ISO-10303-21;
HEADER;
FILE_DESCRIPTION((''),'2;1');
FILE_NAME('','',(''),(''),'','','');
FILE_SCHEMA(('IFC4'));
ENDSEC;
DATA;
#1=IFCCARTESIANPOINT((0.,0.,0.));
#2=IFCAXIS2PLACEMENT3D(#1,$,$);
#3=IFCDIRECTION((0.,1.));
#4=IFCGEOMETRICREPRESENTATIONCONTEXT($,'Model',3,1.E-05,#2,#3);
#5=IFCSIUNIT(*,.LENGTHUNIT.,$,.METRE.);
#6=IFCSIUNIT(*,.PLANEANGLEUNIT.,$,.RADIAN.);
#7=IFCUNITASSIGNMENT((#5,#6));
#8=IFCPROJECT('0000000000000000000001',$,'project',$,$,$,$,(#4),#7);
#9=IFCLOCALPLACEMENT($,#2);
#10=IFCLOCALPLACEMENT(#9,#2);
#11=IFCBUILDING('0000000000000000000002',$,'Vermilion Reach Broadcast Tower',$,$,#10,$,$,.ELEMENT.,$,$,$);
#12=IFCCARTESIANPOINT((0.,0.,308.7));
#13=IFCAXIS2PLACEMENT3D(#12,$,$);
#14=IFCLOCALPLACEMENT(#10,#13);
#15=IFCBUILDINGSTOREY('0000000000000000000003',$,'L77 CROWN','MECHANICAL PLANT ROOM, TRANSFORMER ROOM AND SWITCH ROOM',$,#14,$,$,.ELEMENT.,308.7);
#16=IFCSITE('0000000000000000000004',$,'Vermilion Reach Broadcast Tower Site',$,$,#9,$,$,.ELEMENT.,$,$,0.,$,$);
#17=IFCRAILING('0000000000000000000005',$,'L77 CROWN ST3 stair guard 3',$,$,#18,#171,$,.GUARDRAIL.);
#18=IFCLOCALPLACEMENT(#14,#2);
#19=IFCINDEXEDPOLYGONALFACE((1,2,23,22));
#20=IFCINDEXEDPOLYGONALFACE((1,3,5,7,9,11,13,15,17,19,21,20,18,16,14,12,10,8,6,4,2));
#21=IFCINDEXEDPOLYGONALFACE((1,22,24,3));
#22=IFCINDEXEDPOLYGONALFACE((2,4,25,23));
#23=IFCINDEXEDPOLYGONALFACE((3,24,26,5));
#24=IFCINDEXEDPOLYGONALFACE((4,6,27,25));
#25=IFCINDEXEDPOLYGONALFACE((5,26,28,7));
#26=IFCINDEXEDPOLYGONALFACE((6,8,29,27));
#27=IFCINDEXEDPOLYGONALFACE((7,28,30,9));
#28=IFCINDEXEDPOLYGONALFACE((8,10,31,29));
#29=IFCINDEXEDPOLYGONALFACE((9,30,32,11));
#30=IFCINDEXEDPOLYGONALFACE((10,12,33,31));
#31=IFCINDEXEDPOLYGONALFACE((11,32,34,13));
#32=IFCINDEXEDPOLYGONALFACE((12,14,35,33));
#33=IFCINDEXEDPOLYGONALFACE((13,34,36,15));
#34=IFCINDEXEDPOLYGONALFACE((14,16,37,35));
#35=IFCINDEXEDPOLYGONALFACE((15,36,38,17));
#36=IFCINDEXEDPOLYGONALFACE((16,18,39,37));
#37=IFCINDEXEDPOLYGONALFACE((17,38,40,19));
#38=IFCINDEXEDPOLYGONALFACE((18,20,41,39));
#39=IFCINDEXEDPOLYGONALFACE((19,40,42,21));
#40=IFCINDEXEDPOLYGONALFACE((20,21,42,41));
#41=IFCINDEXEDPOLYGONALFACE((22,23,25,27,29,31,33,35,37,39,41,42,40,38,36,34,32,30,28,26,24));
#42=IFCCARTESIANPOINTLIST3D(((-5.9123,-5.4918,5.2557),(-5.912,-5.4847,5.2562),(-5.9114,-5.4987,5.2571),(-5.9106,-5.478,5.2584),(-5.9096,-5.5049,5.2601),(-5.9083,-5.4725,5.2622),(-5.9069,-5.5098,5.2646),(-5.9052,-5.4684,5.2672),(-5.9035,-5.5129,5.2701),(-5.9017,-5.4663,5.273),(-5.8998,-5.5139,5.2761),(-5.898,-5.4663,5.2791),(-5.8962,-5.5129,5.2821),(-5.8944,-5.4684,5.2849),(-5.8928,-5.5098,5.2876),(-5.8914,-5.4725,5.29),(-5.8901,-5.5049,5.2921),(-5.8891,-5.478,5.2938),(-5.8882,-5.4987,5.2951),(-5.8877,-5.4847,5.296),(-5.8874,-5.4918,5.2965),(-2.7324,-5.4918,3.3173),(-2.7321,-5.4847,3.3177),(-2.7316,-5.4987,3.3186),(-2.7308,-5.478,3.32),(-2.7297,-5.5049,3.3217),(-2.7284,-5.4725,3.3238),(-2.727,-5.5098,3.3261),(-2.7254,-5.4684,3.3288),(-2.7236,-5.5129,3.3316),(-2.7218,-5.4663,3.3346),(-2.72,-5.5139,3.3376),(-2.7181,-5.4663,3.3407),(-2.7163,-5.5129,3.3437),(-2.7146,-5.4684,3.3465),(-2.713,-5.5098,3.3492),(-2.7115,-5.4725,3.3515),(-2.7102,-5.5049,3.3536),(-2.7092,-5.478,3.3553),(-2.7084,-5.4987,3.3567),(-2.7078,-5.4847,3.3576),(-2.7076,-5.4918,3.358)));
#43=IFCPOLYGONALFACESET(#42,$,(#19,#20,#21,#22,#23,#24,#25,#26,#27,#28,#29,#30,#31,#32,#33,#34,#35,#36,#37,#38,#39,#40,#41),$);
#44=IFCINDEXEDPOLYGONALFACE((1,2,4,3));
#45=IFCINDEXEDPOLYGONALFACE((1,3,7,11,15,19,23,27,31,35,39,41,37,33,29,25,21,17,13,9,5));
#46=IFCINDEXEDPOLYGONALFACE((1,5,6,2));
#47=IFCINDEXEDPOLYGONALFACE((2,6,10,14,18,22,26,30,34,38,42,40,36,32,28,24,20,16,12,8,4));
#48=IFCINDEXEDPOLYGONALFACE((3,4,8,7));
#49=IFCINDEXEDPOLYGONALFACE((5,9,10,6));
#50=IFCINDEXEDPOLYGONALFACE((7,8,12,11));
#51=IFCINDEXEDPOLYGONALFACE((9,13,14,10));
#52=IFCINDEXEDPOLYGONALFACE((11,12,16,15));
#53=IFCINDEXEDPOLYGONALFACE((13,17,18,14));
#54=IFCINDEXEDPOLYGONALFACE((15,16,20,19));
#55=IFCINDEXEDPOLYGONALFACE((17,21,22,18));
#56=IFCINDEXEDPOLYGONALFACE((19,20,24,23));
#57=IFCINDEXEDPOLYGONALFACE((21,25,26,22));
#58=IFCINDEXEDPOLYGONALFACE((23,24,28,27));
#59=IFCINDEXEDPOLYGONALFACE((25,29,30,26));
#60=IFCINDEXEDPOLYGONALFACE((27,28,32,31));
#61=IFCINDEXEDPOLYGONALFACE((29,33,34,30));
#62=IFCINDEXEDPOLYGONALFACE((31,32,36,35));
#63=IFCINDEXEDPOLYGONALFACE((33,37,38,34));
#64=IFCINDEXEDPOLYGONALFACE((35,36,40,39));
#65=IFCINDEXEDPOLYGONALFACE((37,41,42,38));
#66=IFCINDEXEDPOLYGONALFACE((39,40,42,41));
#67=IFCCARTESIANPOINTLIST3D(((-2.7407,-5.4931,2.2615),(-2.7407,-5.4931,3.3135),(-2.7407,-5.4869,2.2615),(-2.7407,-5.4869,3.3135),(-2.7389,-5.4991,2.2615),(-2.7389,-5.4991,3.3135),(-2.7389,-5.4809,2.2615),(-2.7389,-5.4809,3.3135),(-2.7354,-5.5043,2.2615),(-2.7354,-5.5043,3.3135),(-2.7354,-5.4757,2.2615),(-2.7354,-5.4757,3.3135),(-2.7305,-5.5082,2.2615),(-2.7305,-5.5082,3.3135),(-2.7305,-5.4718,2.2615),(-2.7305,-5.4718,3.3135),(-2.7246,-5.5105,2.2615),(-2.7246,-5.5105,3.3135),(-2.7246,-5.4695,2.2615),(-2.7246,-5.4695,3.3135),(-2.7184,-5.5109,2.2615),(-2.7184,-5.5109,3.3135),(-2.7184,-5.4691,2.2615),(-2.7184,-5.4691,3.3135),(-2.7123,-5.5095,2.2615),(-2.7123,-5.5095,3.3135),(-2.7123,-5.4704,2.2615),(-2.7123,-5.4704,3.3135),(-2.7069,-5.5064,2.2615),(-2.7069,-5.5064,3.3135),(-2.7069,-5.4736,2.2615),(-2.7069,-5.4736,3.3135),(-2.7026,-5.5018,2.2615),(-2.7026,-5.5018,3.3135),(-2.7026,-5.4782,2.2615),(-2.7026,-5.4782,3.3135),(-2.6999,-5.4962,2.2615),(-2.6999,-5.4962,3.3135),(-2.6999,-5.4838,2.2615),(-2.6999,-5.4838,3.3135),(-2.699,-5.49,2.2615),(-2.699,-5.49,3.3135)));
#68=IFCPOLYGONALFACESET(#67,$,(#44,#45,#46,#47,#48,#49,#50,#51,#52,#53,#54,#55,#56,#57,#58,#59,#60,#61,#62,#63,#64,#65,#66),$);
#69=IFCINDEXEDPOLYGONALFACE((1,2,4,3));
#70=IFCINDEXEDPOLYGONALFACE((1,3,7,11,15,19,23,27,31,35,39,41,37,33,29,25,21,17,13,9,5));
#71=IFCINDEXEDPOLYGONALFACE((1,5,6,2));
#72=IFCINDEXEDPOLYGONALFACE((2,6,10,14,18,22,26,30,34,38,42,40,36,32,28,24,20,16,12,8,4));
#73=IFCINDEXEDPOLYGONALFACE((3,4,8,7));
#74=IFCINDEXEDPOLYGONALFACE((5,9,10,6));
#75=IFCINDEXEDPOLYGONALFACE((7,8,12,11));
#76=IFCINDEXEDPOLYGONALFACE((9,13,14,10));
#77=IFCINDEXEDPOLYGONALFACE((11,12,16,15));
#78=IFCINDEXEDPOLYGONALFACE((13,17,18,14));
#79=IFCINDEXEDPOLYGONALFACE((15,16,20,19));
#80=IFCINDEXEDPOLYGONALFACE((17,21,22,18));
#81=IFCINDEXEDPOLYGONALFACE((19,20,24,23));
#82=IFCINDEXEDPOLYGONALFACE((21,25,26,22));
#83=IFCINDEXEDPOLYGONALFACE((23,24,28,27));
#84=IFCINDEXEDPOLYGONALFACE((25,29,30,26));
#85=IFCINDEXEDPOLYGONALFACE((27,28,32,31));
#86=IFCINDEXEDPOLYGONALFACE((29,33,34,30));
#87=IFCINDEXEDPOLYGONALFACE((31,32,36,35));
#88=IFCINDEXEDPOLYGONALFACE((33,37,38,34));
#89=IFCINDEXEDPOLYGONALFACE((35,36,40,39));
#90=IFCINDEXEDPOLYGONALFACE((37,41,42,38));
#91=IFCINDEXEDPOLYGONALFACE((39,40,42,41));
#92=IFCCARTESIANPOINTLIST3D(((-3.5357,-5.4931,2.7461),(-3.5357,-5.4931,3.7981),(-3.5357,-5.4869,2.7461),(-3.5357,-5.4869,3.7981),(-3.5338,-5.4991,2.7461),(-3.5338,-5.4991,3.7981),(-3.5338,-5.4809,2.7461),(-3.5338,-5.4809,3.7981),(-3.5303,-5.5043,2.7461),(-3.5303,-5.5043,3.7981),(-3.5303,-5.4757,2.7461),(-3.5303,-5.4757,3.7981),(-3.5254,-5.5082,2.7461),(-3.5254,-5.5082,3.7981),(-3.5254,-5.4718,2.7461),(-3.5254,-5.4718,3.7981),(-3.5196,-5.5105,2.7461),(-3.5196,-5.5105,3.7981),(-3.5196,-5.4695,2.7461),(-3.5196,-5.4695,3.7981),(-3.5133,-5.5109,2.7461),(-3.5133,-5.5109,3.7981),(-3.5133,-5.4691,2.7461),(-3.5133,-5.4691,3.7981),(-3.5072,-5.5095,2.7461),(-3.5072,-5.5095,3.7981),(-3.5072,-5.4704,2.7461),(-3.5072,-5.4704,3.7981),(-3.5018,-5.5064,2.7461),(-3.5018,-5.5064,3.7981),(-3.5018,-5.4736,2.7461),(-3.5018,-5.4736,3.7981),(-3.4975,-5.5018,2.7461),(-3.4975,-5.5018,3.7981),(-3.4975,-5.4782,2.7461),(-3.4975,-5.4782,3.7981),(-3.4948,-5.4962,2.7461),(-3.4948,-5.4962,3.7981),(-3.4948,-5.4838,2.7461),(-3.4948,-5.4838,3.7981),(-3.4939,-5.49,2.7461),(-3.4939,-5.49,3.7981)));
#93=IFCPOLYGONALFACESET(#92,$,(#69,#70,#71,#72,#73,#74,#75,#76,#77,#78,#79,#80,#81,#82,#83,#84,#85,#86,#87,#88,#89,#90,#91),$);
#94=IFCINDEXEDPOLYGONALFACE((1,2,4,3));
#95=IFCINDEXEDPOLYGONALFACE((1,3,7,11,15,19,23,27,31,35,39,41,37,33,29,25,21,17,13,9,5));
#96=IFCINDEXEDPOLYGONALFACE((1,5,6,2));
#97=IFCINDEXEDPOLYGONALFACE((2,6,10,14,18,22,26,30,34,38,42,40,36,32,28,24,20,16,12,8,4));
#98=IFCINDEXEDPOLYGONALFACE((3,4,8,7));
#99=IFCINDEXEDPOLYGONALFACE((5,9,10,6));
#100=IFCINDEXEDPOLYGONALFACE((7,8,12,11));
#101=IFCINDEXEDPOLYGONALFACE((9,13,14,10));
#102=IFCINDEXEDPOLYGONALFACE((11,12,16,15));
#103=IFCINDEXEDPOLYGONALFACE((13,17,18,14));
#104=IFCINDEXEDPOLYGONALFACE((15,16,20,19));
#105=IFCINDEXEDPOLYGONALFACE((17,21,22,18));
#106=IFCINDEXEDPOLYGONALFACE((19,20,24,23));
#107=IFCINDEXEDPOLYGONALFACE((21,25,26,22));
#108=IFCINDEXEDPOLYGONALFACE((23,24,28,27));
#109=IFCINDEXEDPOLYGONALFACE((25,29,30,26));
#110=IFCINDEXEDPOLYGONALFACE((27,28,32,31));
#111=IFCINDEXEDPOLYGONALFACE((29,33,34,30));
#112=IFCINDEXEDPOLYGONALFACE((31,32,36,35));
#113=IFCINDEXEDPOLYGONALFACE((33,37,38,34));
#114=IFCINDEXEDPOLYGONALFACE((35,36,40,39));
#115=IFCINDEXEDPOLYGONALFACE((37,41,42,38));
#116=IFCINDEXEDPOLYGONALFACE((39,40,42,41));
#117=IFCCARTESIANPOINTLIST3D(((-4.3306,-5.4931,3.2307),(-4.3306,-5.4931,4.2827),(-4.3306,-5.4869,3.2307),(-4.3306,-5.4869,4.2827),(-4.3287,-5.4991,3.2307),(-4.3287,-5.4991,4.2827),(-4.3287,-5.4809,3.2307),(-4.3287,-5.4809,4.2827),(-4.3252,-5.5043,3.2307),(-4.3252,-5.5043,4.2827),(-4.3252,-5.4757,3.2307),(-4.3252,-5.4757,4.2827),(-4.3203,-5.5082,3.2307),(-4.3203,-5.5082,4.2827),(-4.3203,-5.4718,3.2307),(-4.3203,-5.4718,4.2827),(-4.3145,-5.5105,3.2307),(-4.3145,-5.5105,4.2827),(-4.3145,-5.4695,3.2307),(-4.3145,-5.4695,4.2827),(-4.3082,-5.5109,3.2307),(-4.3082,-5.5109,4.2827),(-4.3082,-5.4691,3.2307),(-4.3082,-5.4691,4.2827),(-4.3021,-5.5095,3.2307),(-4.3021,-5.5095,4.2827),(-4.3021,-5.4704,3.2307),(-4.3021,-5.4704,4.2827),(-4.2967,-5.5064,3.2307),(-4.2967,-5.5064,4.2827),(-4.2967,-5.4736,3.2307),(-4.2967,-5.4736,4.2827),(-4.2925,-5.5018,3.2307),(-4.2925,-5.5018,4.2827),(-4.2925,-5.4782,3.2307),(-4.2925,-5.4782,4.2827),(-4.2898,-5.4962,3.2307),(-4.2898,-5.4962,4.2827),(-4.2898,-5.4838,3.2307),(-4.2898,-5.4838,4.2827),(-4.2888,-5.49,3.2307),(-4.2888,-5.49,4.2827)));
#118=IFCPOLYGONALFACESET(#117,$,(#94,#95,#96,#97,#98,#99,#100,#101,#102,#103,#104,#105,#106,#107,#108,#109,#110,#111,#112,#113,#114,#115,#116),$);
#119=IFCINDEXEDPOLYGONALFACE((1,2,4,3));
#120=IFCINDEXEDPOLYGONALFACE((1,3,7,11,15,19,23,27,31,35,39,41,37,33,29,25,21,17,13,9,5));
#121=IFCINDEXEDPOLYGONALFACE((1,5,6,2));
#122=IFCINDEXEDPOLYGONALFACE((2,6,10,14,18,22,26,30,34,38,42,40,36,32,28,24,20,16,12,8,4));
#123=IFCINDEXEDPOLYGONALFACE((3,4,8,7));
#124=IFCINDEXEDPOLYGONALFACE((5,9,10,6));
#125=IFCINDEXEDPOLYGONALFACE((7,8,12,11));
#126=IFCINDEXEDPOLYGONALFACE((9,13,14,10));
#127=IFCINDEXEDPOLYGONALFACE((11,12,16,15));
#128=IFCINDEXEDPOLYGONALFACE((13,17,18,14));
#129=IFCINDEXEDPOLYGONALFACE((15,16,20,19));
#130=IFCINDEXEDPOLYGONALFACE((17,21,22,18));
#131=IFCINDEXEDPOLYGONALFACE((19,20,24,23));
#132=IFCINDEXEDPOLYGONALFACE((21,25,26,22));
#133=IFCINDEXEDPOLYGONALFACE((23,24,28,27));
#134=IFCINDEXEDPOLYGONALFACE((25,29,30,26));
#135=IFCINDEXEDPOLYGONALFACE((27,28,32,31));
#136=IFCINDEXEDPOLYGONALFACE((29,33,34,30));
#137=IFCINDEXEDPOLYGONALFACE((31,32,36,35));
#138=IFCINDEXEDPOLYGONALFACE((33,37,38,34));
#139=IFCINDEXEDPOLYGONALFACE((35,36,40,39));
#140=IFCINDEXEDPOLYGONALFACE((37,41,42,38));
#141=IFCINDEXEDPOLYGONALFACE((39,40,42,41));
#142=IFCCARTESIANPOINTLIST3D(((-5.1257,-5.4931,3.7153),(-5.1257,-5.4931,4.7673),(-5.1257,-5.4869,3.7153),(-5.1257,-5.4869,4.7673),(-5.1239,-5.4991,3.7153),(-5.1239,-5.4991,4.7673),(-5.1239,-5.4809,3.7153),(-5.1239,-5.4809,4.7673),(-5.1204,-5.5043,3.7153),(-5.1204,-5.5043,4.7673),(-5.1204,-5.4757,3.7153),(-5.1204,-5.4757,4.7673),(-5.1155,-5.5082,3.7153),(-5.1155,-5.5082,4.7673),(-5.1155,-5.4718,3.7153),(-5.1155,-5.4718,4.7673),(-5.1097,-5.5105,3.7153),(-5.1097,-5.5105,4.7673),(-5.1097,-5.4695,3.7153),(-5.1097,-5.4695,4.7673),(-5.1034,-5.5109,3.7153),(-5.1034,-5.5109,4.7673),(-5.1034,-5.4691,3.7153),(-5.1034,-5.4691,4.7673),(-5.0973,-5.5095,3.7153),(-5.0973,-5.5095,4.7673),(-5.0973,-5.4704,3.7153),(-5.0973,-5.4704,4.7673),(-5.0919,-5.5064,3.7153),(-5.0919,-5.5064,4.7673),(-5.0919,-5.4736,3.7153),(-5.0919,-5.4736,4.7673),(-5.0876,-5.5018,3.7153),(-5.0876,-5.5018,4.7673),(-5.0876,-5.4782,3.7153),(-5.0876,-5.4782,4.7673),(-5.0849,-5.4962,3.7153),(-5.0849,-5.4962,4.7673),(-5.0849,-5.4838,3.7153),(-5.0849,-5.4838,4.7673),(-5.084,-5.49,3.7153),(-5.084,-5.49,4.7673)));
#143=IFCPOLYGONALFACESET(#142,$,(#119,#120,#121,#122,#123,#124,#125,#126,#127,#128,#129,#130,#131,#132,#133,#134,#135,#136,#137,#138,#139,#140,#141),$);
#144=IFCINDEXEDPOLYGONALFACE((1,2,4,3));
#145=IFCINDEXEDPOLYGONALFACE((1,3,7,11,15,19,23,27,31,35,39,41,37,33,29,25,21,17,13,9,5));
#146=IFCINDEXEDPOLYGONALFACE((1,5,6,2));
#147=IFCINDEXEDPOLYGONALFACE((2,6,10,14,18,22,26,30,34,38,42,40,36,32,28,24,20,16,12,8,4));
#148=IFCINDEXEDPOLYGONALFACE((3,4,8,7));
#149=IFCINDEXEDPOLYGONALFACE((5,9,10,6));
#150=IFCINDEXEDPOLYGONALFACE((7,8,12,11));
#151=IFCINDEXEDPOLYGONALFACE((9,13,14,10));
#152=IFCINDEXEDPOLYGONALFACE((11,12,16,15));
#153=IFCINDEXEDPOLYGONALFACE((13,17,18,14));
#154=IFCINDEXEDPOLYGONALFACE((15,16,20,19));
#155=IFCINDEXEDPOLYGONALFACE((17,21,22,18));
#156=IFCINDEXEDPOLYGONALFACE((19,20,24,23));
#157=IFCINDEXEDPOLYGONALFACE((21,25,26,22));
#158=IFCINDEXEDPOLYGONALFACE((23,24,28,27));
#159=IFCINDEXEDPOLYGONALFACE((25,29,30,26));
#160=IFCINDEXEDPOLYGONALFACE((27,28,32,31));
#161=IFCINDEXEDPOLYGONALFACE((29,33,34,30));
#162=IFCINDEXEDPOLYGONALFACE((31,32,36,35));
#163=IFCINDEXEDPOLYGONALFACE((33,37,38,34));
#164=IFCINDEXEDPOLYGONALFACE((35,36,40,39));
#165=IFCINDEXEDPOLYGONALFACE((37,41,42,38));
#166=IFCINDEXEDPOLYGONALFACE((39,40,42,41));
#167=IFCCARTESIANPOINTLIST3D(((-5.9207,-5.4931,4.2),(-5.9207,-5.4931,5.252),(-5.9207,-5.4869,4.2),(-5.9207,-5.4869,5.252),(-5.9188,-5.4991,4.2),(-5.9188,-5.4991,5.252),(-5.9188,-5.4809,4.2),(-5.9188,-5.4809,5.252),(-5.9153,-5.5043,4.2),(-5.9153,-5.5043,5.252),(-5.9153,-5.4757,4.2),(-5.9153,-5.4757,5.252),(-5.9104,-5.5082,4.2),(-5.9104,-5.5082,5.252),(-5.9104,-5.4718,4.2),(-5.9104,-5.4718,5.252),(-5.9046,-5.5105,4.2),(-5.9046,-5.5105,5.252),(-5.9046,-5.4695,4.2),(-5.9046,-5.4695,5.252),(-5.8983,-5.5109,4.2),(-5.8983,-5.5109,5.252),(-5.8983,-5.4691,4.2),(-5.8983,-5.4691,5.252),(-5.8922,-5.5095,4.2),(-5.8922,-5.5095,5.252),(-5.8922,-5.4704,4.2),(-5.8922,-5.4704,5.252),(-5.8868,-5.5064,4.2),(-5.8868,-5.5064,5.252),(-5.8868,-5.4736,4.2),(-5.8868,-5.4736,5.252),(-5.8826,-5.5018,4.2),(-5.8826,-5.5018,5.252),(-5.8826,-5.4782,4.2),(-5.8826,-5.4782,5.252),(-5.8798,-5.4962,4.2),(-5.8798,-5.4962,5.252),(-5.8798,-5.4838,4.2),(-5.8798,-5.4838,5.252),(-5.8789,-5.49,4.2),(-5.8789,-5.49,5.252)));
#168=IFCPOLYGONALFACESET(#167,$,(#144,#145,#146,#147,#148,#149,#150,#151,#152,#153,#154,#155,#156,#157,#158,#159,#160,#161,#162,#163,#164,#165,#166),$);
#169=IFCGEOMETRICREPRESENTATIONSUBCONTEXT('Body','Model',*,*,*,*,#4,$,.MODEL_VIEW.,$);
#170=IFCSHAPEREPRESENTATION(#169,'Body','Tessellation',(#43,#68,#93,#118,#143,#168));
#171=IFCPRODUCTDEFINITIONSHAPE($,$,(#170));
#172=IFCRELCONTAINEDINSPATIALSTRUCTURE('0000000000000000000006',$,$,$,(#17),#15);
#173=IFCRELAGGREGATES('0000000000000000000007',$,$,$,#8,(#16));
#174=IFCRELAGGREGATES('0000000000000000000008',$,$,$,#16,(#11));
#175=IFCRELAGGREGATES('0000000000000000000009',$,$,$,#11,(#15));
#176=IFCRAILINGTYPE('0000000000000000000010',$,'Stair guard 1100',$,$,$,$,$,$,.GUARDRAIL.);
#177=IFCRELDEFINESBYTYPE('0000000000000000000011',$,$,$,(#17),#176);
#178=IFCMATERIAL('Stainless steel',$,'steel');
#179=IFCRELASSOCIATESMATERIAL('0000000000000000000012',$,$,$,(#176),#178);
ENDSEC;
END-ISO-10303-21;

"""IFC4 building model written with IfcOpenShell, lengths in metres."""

from ifc_helpers import new_model, si_unit, direction, frame, origin, origin_2d, place, context, subcontext, project, spatial, circle, extrude, material, type_object, element, save


model = new_model("IFC4")

# Units and contexts
model_context = context("Model", 3, precision=1e-05, world=origin(), true_north=direction((0.0, 1.0)))
body_context = subcontext(model_context, "Body", "Model", "MODEL_VIEW")
ifc_project = project(units=[si_unit("LENGTHUNIT", "METRE"), si_unit("PLANEANGLEUNIT", "RADIAN")], contexts=[model_context])

# Site, building, storey
site_placement = place(None, origin())
site = spatial("IfcSite", under=ifc_project, at=site_placement, Name="Vermilion Reach Broadcast Tower Site", CompositionType="ELEMENT", RefElevation=0.0)
building_placement = place(site_placement, origin())
building = spatial("IfcBuilding", under=site, at=building_placement, Name="Vermilion Reach Broadcast Tower", CompositionType="ELEMENT")
storey_placement = place(building_placement, frame((0.0, 0.0, 308.7)))
storey = spatial("IfcBuildingStorey", under=building, at=storey_placement, Name="L77 CROWN", Description="MECHANICAL PLANT ROOM, TRANSFORMER ROOM AND SWITCH ROOM", CompositionType="ELEMENT", Elevation=308.7)

# Railing
ifc_material_1 = material(Name="Stainless steel", Category="steel")
railing_type_1 = type_object("IfcRailingType", Name="Stair guard 1100", PredefinedType="GUARDRAIL", material=ifc_material_1)
railing_1_placement = place(storey_placement, frame((-2.72, -5.49, 2.2615)))
element("IfcRailing", 1, at=railing_1_placement, inside=storey, type_object=railing_type_1, Name="L77 CROWN ST3 stair guard 3", PredefinedType="GUARDRAIL", context=body_context, shape_type="SweptSolid", body=[
    extrude(circle(Radius=0.0239, at=origin_2d()), frame((0.0, 0.0, 1.0762), z_axis=(-0.853857, 0.0, 0.520508), x_axis=(0.0, -1.0, 0.0)), (0.0, 0.0, 1.0), 3.7241),
    extrude(circle(Radius=0.021, at=origin_2d()), origin(), (0.0, 0.0, 1.0), 1.052),
    extrude(circle(Radius=0.021, at=origin_2d()), frame((-0.7949, 0.0, 0.4846)), (0.0, 0.0, 1.0), 1.052),
    extrude(circle(Radius=0.021, at=origin_2d()), frame((-1.5898, 0.0, 0.9692)), (0.0, 0.0, 1.0), 1.052),
    extrude(circle(Radius=0.021, at=origin_2d()), frame((-2.385, 0.0, 1.4539)), (0.0, 0.0, 1.0), 1.052),
    extrude(circle(Radius=0.021, at=origin_2d()), frame((-3.1799, 0.0, 1.9385)), (0.0, 0.0, 1.0), 1.052),
])

save(model, "model.ifc")
